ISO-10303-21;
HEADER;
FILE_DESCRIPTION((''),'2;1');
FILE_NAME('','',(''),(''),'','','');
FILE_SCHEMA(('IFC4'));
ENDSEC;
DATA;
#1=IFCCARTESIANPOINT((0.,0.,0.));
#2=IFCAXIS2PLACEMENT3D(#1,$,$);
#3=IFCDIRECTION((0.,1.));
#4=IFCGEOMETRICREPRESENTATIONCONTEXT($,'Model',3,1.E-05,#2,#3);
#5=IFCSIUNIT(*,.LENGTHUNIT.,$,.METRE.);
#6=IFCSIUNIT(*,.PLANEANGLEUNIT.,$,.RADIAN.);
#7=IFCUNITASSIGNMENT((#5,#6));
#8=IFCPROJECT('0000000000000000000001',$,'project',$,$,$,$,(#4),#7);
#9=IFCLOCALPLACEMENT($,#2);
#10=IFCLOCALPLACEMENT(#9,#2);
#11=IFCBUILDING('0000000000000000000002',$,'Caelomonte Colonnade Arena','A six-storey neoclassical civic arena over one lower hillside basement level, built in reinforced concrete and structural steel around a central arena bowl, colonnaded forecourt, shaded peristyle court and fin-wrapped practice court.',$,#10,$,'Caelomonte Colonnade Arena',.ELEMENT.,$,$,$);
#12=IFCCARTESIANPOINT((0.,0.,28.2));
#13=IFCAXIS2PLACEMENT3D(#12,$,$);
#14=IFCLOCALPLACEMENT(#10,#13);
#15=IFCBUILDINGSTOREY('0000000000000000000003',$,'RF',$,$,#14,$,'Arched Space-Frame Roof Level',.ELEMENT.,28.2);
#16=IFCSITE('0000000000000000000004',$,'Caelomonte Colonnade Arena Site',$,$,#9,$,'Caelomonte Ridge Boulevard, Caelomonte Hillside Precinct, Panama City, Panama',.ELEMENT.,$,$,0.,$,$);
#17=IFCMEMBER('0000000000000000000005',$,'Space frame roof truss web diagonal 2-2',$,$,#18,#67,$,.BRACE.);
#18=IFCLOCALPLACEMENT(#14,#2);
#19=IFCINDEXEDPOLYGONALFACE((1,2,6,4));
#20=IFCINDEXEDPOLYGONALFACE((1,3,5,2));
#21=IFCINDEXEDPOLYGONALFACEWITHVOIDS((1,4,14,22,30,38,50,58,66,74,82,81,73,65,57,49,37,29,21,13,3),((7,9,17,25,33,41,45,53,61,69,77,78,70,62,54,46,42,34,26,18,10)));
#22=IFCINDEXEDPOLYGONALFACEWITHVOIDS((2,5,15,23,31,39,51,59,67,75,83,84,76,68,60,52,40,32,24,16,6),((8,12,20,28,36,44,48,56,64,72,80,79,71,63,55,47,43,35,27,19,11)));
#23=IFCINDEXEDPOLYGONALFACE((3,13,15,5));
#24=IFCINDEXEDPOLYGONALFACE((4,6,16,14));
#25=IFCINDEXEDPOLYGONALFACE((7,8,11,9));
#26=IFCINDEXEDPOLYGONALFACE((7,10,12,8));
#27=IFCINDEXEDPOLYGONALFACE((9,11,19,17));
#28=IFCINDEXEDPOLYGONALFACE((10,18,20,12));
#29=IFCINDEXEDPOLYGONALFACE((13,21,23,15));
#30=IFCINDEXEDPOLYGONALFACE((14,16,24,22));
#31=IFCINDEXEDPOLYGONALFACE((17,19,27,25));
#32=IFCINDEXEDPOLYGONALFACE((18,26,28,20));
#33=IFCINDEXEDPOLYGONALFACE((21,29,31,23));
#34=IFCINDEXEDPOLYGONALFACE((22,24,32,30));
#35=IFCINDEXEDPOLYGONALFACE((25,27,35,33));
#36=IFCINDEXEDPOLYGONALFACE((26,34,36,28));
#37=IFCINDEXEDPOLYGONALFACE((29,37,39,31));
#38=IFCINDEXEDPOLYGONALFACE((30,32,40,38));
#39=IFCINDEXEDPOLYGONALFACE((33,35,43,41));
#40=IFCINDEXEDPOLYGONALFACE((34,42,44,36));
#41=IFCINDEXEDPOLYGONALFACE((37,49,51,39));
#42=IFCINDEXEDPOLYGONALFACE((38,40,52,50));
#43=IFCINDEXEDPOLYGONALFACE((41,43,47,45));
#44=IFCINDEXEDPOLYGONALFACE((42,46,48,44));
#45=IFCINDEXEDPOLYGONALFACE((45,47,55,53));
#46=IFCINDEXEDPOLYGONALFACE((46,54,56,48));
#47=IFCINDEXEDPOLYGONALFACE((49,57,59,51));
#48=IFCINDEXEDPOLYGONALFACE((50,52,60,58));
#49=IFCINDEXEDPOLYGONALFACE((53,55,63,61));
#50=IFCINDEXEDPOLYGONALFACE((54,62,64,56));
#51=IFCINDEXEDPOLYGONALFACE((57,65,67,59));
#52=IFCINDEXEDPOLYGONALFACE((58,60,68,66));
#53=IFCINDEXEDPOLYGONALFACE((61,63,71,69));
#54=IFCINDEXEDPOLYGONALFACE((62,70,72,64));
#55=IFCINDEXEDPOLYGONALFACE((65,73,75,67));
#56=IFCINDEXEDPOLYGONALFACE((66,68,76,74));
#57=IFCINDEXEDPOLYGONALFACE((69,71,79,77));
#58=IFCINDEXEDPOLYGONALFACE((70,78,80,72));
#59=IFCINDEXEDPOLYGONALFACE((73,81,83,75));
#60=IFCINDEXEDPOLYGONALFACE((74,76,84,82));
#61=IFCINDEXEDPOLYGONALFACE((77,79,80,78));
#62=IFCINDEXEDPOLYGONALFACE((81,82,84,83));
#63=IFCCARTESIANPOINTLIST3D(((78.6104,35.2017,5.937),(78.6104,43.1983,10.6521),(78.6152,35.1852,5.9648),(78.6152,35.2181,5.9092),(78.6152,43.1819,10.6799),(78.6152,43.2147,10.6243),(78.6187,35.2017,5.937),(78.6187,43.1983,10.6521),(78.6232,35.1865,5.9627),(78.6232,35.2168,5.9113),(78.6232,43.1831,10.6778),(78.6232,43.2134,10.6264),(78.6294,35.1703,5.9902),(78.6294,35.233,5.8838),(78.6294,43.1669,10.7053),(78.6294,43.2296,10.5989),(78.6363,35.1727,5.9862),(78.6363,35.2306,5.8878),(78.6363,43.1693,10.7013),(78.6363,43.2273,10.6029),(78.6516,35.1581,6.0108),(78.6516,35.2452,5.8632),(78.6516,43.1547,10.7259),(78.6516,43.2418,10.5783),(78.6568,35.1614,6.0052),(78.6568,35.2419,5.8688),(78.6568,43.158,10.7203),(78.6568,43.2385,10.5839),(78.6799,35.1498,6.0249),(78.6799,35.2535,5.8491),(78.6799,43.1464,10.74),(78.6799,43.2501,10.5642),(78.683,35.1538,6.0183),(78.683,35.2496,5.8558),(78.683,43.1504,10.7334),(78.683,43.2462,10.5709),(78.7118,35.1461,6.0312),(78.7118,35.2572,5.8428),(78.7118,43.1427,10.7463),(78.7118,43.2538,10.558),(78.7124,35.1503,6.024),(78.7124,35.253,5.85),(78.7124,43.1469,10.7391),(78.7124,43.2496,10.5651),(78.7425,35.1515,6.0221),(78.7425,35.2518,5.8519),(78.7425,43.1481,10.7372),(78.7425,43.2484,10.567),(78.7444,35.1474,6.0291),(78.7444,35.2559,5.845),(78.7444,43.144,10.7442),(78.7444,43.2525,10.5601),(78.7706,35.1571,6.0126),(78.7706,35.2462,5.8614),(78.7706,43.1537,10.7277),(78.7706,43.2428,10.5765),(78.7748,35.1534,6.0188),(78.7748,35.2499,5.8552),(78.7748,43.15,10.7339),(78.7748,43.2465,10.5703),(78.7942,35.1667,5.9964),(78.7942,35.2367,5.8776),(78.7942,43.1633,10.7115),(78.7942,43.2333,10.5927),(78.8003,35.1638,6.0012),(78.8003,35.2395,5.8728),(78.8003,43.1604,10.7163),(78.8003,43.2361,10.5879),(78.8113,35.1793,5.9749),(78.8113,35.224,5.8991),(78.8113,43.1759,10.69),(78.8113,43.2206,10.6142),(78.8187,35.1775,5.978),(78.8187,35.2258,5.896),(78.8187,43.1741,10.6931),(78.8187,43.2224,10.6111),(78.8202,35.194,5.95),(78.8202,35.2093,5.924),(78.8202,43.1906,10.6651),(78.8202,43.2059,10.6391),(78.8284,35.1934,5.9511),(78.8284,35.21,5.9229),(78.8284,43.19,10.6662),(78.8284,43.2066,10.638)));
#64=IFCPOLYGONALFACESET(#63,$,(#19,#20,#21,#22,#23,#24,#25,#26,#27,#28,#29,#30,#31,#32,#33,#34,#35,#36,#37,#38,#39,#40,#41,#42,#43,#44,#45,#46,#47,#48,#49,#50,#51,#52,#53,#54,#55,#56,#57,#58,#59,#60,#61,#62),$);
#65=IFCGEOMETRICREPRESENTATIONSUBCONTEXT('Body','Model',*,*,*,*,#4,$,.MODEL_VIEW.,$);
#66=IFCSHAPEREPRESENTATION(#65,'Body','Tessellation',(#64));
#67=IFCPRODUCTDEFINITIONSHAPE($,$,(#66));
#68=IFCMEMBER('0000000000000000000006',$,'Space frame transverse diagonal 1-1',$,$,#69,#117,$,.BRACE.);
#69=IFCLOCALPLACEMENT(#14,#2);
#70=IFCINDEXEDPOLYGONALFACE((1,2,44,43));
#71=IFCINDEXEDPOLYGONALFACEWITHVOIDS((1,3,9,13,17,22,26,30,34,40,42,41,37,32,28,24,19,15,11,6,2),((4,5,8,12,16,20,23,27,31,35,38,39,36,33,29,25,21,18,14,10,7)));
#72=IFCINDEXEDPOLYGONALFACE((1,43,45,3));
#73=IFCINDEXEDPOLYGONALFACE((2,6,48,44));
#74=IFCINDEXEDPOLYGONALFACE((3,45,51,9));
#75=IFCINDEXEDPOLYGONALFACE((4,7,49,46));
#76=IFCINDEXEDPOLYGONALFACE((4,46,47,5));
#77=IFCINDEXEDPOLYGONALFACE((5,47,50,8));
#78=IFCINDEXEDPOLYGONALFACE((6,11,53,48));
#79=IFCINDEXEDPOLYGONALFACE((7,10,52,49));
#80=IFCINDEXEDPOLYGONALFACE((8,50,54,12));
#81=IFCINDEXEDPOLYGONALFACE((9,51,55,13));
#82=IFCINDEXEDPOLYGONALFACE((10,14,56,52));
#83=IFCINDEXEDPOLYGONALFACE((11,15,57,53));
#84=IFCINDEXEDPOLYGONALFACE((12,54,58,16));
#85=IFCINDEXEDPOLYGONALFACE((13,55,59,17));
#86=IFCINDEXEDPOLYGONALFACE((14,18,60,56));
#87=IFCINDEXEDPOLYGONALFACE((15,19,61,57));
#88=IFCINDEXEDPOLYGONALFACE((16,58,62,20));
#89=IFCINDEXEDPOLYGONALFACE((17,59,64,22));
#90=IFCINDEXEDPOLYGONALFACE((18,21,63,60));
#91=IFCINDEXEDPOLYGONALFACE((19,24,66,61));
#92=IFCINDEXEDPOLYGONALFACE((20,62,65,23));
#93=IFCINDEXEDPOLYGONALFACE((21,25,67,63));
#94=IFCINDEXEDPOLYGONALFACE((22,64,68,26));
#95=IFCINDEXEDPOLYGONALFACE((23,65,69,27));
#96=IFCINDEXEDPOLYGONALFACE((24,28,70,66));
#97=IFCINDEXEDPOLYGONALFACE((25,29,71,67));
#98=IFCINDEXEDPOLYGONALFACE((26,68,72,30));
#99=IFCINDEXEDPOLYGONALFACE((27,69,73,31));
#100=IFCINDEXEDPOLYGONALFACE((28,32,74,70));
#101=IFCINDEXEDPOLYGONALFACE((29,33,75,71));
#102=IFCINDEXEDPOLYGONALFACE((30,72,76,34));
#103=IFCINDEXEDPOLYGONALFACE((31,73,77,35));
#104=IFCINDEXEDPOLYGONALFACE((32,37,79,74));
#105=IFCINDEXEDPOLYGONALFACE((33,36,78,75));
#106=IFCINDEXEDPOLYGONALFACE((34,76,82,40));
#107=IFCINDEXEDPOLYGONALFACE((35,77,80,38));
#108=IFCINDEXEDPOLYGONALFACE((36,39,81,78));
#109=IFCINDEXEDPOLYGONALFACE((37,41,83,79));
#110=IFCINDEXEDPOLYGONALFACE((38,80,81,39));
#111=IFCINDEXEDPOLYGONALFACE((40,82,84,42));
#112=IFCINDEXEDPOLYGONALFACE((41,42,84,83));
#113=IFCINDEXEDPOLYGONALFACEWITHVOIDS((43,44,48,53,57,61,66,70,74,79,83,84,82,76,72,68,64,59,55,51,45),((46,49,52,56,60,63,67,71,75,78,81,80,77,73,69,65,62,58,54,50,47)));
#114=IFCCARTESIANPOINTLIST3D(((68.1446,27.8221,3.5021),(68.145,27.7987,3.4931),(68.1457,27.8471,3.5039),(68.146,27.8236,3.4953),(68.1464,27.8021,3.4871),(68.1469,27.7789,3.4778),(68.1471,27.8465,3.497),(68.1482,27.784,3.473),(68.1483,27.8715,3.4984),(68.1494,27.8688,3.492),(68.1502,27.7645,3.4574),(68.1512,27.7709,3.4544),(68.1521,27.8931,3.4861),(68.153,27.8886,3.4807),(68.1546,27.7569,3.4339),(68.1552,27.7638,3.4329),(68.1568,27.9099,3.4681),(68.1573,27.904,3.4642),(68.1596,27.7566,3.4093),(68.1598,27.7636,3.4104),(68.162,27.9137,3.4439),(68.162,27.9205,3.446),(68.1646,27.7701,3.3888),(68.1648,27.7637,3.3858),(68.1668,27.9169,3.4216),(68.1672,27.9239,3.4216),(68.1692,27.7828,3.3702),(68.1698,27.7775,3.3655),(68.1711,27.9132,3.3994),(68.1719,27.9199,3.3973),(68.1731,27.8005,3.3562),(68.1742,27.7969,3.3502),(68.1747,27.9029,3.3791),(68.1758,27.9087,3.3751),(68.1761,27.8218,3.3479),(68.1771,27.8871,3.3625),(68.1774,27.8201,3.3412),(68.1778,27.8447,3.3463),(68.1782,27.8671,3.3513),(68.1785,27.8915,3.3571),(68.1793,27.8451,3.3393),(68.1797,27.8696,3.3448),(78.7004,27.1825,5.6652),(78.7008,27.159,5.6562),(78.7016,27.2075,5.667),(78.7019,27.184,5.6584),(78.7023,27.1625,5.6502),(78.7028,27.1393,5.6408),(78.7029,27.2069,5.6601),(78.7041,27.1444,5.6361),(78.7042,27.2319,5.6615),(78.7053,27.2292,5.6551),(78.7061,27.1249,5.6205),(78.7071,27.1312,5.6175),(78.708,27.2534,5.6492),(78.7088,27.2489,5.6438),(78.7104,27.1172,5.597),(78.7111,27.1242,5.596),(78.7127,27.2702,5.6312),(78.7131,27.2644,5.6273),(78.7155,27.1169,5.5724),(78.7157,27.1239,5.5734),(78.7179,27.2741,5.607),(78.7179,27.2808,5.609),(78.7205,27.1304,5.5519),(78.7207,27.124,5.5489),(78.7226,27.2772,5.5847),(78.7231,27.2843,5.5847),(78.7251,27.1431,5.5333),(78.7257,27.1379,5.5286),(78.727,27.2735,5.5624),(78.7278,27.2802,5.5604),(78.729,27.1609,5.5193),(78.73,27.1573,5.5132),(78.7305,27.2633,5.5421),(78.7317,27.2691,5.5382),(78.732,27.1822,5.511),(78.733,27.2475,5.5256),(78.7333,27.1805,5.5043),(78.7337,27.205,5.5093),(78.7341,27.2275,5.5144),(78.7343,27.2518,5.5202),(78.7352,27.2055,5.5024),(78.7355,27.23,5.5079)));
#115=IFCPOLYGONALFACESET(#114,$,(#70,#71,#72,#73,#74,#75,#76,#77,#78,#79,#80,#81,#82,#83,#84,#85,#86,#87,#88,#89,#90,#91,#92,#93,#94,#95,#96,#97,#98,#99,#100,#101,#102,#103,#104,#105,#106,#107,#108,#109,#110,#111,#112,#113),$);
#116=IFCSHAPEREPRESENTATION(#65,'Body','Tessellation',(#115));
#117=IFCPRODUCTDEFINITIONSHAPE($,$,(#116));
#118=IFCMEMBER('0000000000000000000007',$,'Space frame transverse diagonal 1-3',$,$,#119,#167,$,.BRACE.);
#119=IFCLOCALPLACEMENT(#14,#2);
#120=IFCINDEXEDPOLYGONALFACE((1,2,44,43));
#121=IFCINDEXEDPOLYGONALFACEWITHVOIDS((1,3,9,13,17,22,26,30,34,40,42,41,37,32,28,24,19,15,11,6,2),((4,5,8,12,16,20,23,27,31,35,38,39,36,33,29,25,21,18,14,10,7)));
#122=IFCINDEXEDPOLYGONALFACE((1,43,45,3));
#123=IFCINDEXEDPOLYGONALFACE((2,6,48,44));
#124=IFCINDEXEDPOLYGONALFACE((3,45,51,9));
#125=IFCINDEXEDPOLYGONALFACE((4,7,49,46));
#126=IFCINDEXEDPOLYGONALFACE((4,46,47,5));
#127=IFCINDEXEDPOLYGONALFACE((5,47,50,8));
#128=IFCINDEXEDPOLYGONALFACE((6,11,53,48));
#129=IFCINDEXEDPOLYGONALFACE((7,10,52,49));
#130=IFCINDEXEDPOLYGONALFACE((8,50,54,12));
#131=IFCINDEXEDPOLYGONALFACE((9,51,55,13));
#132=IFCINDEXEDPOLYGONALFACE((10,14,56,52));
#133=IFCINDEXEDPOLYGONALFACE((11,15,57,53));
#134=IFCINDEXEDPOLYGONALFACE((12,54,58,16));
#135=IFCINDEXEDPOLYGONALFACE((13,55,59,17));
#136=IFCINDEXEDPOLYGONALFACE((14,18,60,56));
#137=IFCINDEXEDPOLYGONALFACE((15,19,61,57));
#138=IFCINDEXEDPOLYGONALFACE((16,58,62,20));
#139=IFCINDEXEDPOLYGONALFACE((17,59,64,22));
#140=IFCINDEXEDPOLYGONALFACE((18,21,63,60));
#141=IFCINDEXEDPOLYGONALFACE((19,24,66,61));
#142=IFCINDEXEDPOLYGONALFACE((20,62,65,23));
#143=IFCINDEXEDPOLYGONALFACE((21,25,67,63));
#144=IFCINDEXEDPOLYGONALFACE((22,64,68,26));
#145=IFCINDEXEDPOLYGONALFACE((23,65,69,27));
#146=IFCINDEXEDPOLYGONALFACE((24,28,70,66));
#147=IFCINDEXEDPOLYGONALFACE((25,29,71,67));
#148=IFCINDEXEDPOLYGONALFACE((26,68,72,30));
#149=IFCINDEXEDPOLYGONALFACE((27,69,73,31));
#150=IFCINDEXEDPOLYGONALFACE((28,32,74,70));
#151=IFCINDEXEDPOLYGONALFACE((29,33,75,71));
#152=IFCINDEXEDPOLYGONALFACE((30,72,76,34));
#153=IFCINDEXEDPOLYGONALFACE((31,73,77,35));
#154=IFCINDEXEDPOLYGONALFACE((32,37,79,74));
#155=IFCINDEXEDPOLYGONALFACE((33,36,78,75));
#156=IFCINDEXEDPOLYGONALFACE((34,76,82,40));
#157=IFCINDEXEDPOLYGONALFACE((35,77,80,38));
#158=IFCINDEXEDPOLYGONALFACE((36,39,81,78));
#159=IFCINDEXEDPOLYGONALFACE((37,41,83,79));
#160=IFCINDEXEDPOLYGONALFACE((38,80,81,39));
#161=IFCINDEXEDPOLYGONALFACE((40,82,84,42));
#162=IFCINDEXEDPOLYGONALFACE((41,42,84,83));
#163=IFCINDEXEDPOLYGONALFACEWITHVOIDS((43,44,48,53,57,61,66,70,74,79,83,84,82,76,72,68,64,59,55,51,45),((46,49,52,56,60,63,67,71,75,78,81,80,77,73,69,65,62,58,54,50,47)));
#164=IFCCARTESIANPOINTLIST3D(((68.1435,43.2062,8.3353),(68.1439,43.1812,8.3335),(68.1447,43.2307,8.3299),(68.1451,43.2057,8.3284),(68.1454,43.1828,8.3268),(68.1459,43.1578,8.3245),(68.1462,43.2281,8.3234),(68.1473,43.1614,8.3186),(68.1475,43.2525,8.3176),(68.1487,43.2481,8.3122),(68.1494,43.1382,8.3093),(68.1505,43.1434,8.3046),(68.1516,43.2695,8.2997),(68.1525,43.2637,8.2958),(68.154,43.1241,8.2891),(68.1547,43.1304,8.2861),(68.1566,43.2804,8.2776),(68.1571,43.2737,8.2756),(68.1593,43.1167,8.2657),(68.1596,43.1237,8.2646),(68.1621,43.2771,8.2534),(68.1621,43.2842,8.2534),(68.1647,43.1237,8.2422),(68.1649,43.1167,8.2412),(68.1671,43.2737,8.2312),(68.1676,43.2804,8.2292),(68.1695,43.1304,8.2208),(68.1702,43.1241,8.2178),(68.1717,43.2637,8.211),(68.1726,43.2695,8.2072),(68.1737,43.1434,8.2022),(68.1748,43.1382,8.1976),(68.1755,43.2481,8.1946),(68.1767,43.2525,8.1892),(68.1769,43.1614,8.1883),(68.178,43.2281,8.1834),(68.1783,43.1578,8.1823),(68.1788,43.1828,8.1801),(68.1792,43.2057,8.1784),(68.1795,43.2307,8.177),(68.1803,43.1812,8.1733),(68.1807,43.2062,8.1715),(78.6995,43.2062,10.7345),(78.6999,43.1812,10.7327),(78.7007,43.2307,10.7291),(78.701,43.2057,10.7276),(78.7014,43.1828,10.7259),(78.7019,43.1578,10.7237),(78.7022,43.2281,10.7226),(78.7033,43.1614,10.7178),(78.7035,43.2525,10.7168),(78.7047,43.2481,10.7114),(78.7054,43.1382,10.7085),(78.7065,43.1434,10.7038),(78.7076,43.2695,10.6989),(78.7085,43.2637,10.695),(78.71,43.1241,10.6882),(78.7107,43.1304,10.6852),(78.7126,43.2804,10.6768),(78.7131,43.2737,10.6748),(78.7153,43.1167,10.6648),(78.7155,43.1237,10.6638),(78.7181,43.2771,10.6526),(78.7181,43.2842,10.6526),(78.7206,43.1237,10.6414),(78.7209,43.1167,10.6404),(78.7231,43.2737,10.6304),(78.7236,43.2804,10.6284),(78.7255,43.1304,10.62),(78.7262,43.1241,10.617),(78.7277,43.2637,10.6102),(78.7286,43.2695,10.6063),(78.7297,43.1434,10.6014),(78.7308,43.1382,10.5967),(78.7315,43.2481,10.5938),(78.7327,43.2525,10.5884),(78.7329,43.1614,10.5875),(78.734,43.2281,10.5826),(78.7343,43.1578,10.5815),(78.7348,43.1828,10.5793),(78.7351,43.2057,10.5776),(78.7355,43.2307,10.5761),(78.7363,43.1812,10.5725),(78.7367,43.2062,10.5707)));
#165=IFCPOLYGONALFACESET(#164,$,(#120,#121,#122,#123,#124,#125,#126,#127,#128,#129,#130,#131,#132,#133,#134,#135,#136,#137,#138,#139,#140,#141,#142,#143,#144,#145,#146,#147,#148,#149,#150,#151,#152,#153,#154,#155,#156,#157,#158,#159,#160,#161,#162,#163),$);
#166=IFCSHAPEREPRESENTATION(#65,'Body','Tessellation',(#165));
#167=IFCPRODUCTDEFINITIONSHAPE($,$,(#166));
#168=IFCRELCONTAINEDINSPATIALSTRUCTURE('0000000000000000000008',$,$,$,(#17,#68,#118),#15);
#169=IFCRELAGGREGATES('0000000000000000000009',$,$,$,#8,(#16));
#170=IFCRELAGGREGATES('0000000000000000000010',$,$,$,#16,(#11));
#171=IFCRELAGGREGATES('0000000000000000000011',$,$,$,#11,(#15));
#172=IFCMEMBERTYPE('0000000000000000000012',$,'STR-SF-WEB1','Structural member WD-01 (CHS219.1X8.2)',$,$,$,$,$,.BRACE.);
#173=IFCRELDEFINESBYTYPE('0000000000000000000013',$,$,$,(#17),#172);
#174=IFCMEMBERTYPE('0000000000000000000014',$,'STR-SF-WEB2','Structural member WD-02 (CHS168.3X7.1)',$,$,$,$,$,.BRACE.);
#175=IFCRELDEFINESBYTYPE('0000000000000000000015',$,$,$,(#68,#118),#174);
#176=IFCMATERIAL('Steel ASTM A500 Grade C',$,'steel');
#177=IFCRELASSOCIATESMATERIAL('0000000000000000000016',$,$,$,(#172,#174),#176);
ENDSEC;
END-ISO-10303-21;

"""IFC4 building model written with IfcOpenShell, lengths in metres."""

from ifc_helpers import new_model, si_unit, direction, frame, origin, origin_2d, place, context, subcontext, project, spatial, hollow_circle, extrude, material, material_profile, profile_set, type_object, element, save


model = new_model("IFC4")

# Units and contexts
model_context = context("Model", 3, precision=1e-05, world=origin(), true_north=direction((0.0, 1.0)))
body_context = subcontext(model_context, "Body", "Model", "MODEL_VIEW")
ifc_project = project(units=[si_unit("LENGTHUNIT", "METRE"), si_unit("PLANEANGLEUNIT", "RADIAN")], contexts=[model_context])

# Site, building, storey
site_placement = place(None, origin())
site = spatial("IfcSite", under=ifc_project, at=site_placement, Name="Caelomonte Colonnade Arena Site", LongName="Caelomonte Ridge Boulevard, Caelomonte Hillside Precinct, Panama City, Panama", CompositionType="ELEMENT", RefElevation=0.0)
building_placement = place(site_placement, origin())
building = spatial("IfcBuilding", under=site, at=building_placement, Name="Caelomonte Colonnade Arena", Description="A six-storey neoclassical civic arena over one lower hillside basement level, built in reinforced concrete and structural steel around a central arena bowl, colonnaded forecourt, shaded peristyle court and fin-wrapped practice court.", LongName="Caelomonte Colonnade Arena", CompositionType="ELEMENT")
storey_placement = place(building_placement, frame((0.0, 0.0, 28.2)))
storey = spatial("IfcBuildingStorey", under=building, at=storey_placement, Name="RF", LongName="Arched Space-Frame Roof Level", CompositionType="ELEMENT", Elevation=28.2)

# Members
ifc_material_1 = material(Name="Steel ASTM A500 Grade C", Category="steel")
ifc_material_profile_1 = material_profile(ifc_material_1, hollow_circle(Radius=0.1096, WallThickness=0.0083, at=origin_2d()), Name="CHS219.1X8.2")
ifc_profile_set_1 = profile_set([ifc_material_profile_1], Name="Steel ASTM A500 Grade C")
member_type_1 = type_object("IfcMemberType", Name="STR-SF-WEB1", Description="Structural member WD-01 (CHS219.1X8.2)", PredefinedType="BRACE", material=ifc_profile_set_1)
for number, where, z_axis, x_axis, name in (
    (1, (78.72, 35.2017, 5.937), (0.0, 0.861406, 0.507917), (-1.0, 0.0, 0.0), "Space frame roof truss web diagonal 2-2"),
):
    element("IfcMember", number, at=place(storey_placement, frame(where, z_axis=z_axis, x_axis=x_axis)), inside=storey, type_object=member_type_1, Name=name, PredefinedType="BRACE", context=body_context, shape_type="SweptSolid", body=[
        extrude(hollow_circle(Radius=0.1096, WallThickness=0.0083, at=origin_2d()), origin(), (0.0, 0.0, 1.0), 9.2832),
    ])
ifc_material_profile_2 = material_profile(ifc_material_1, hollow_circle(Radius=0.0842, WallThickness=0.0071, at=origin_2d()), Name="CHS168.3X7.1")
ifc_profile_set_2 = profile_set([ifc_material_profile_2], Name="Steel ASTM A500 Grade C")
member_type_2 = type_object("IfcMemberType", Name="STR-SF-WEB2", Description="Structural member WD-02 (CHS168.3X7.1)", PredefinedType="BRACE", material=ifc_profile_set_2)
member_1_placement = place(storey_placement, frame((68.1621, 27.8398, 3.4216), z_axis=(0.977922, -0.059258, 0.200393), x_axis=(0.060485, 0.998169, 0.0)))
element("IfcMember", 2, at=member_1_placement, inside=storey, type_object=member_type_2, Name="Space frame transverse diagonal 1-1", PredefinedType="BRACE", context=body_context, shape_type="SweptSolid", body=[
    extrude(hollow_circle(Radius=0.0842, WallThickness=0.0071, at=origin_2d()), origin(), (0.0, 0.0, 1.0), 10.7942),
])
member_2_placement = place(storey_placement, frame((68.1621, 43.2, 8.2534), z_axis=(0.975131, 0.0, 0.22163), x_axis=(0.0, 1.0, 0.0)))
element("IfcMember", 3, at=member_2_placement, inside=storey, type_object=member_type_2, Name="Space frame transverse diagonal 1-3", PredefinedType="BRACE", context=body_context, shape_type="SweptSolid", body=[
    extrude(hollow_circle(Radius=0.0842, WallThickness=0.0071, at=origin_2d()), origin(), (0.0, 0.0, 1.0), 10.8252),
])

save(model, "model.ifc")
